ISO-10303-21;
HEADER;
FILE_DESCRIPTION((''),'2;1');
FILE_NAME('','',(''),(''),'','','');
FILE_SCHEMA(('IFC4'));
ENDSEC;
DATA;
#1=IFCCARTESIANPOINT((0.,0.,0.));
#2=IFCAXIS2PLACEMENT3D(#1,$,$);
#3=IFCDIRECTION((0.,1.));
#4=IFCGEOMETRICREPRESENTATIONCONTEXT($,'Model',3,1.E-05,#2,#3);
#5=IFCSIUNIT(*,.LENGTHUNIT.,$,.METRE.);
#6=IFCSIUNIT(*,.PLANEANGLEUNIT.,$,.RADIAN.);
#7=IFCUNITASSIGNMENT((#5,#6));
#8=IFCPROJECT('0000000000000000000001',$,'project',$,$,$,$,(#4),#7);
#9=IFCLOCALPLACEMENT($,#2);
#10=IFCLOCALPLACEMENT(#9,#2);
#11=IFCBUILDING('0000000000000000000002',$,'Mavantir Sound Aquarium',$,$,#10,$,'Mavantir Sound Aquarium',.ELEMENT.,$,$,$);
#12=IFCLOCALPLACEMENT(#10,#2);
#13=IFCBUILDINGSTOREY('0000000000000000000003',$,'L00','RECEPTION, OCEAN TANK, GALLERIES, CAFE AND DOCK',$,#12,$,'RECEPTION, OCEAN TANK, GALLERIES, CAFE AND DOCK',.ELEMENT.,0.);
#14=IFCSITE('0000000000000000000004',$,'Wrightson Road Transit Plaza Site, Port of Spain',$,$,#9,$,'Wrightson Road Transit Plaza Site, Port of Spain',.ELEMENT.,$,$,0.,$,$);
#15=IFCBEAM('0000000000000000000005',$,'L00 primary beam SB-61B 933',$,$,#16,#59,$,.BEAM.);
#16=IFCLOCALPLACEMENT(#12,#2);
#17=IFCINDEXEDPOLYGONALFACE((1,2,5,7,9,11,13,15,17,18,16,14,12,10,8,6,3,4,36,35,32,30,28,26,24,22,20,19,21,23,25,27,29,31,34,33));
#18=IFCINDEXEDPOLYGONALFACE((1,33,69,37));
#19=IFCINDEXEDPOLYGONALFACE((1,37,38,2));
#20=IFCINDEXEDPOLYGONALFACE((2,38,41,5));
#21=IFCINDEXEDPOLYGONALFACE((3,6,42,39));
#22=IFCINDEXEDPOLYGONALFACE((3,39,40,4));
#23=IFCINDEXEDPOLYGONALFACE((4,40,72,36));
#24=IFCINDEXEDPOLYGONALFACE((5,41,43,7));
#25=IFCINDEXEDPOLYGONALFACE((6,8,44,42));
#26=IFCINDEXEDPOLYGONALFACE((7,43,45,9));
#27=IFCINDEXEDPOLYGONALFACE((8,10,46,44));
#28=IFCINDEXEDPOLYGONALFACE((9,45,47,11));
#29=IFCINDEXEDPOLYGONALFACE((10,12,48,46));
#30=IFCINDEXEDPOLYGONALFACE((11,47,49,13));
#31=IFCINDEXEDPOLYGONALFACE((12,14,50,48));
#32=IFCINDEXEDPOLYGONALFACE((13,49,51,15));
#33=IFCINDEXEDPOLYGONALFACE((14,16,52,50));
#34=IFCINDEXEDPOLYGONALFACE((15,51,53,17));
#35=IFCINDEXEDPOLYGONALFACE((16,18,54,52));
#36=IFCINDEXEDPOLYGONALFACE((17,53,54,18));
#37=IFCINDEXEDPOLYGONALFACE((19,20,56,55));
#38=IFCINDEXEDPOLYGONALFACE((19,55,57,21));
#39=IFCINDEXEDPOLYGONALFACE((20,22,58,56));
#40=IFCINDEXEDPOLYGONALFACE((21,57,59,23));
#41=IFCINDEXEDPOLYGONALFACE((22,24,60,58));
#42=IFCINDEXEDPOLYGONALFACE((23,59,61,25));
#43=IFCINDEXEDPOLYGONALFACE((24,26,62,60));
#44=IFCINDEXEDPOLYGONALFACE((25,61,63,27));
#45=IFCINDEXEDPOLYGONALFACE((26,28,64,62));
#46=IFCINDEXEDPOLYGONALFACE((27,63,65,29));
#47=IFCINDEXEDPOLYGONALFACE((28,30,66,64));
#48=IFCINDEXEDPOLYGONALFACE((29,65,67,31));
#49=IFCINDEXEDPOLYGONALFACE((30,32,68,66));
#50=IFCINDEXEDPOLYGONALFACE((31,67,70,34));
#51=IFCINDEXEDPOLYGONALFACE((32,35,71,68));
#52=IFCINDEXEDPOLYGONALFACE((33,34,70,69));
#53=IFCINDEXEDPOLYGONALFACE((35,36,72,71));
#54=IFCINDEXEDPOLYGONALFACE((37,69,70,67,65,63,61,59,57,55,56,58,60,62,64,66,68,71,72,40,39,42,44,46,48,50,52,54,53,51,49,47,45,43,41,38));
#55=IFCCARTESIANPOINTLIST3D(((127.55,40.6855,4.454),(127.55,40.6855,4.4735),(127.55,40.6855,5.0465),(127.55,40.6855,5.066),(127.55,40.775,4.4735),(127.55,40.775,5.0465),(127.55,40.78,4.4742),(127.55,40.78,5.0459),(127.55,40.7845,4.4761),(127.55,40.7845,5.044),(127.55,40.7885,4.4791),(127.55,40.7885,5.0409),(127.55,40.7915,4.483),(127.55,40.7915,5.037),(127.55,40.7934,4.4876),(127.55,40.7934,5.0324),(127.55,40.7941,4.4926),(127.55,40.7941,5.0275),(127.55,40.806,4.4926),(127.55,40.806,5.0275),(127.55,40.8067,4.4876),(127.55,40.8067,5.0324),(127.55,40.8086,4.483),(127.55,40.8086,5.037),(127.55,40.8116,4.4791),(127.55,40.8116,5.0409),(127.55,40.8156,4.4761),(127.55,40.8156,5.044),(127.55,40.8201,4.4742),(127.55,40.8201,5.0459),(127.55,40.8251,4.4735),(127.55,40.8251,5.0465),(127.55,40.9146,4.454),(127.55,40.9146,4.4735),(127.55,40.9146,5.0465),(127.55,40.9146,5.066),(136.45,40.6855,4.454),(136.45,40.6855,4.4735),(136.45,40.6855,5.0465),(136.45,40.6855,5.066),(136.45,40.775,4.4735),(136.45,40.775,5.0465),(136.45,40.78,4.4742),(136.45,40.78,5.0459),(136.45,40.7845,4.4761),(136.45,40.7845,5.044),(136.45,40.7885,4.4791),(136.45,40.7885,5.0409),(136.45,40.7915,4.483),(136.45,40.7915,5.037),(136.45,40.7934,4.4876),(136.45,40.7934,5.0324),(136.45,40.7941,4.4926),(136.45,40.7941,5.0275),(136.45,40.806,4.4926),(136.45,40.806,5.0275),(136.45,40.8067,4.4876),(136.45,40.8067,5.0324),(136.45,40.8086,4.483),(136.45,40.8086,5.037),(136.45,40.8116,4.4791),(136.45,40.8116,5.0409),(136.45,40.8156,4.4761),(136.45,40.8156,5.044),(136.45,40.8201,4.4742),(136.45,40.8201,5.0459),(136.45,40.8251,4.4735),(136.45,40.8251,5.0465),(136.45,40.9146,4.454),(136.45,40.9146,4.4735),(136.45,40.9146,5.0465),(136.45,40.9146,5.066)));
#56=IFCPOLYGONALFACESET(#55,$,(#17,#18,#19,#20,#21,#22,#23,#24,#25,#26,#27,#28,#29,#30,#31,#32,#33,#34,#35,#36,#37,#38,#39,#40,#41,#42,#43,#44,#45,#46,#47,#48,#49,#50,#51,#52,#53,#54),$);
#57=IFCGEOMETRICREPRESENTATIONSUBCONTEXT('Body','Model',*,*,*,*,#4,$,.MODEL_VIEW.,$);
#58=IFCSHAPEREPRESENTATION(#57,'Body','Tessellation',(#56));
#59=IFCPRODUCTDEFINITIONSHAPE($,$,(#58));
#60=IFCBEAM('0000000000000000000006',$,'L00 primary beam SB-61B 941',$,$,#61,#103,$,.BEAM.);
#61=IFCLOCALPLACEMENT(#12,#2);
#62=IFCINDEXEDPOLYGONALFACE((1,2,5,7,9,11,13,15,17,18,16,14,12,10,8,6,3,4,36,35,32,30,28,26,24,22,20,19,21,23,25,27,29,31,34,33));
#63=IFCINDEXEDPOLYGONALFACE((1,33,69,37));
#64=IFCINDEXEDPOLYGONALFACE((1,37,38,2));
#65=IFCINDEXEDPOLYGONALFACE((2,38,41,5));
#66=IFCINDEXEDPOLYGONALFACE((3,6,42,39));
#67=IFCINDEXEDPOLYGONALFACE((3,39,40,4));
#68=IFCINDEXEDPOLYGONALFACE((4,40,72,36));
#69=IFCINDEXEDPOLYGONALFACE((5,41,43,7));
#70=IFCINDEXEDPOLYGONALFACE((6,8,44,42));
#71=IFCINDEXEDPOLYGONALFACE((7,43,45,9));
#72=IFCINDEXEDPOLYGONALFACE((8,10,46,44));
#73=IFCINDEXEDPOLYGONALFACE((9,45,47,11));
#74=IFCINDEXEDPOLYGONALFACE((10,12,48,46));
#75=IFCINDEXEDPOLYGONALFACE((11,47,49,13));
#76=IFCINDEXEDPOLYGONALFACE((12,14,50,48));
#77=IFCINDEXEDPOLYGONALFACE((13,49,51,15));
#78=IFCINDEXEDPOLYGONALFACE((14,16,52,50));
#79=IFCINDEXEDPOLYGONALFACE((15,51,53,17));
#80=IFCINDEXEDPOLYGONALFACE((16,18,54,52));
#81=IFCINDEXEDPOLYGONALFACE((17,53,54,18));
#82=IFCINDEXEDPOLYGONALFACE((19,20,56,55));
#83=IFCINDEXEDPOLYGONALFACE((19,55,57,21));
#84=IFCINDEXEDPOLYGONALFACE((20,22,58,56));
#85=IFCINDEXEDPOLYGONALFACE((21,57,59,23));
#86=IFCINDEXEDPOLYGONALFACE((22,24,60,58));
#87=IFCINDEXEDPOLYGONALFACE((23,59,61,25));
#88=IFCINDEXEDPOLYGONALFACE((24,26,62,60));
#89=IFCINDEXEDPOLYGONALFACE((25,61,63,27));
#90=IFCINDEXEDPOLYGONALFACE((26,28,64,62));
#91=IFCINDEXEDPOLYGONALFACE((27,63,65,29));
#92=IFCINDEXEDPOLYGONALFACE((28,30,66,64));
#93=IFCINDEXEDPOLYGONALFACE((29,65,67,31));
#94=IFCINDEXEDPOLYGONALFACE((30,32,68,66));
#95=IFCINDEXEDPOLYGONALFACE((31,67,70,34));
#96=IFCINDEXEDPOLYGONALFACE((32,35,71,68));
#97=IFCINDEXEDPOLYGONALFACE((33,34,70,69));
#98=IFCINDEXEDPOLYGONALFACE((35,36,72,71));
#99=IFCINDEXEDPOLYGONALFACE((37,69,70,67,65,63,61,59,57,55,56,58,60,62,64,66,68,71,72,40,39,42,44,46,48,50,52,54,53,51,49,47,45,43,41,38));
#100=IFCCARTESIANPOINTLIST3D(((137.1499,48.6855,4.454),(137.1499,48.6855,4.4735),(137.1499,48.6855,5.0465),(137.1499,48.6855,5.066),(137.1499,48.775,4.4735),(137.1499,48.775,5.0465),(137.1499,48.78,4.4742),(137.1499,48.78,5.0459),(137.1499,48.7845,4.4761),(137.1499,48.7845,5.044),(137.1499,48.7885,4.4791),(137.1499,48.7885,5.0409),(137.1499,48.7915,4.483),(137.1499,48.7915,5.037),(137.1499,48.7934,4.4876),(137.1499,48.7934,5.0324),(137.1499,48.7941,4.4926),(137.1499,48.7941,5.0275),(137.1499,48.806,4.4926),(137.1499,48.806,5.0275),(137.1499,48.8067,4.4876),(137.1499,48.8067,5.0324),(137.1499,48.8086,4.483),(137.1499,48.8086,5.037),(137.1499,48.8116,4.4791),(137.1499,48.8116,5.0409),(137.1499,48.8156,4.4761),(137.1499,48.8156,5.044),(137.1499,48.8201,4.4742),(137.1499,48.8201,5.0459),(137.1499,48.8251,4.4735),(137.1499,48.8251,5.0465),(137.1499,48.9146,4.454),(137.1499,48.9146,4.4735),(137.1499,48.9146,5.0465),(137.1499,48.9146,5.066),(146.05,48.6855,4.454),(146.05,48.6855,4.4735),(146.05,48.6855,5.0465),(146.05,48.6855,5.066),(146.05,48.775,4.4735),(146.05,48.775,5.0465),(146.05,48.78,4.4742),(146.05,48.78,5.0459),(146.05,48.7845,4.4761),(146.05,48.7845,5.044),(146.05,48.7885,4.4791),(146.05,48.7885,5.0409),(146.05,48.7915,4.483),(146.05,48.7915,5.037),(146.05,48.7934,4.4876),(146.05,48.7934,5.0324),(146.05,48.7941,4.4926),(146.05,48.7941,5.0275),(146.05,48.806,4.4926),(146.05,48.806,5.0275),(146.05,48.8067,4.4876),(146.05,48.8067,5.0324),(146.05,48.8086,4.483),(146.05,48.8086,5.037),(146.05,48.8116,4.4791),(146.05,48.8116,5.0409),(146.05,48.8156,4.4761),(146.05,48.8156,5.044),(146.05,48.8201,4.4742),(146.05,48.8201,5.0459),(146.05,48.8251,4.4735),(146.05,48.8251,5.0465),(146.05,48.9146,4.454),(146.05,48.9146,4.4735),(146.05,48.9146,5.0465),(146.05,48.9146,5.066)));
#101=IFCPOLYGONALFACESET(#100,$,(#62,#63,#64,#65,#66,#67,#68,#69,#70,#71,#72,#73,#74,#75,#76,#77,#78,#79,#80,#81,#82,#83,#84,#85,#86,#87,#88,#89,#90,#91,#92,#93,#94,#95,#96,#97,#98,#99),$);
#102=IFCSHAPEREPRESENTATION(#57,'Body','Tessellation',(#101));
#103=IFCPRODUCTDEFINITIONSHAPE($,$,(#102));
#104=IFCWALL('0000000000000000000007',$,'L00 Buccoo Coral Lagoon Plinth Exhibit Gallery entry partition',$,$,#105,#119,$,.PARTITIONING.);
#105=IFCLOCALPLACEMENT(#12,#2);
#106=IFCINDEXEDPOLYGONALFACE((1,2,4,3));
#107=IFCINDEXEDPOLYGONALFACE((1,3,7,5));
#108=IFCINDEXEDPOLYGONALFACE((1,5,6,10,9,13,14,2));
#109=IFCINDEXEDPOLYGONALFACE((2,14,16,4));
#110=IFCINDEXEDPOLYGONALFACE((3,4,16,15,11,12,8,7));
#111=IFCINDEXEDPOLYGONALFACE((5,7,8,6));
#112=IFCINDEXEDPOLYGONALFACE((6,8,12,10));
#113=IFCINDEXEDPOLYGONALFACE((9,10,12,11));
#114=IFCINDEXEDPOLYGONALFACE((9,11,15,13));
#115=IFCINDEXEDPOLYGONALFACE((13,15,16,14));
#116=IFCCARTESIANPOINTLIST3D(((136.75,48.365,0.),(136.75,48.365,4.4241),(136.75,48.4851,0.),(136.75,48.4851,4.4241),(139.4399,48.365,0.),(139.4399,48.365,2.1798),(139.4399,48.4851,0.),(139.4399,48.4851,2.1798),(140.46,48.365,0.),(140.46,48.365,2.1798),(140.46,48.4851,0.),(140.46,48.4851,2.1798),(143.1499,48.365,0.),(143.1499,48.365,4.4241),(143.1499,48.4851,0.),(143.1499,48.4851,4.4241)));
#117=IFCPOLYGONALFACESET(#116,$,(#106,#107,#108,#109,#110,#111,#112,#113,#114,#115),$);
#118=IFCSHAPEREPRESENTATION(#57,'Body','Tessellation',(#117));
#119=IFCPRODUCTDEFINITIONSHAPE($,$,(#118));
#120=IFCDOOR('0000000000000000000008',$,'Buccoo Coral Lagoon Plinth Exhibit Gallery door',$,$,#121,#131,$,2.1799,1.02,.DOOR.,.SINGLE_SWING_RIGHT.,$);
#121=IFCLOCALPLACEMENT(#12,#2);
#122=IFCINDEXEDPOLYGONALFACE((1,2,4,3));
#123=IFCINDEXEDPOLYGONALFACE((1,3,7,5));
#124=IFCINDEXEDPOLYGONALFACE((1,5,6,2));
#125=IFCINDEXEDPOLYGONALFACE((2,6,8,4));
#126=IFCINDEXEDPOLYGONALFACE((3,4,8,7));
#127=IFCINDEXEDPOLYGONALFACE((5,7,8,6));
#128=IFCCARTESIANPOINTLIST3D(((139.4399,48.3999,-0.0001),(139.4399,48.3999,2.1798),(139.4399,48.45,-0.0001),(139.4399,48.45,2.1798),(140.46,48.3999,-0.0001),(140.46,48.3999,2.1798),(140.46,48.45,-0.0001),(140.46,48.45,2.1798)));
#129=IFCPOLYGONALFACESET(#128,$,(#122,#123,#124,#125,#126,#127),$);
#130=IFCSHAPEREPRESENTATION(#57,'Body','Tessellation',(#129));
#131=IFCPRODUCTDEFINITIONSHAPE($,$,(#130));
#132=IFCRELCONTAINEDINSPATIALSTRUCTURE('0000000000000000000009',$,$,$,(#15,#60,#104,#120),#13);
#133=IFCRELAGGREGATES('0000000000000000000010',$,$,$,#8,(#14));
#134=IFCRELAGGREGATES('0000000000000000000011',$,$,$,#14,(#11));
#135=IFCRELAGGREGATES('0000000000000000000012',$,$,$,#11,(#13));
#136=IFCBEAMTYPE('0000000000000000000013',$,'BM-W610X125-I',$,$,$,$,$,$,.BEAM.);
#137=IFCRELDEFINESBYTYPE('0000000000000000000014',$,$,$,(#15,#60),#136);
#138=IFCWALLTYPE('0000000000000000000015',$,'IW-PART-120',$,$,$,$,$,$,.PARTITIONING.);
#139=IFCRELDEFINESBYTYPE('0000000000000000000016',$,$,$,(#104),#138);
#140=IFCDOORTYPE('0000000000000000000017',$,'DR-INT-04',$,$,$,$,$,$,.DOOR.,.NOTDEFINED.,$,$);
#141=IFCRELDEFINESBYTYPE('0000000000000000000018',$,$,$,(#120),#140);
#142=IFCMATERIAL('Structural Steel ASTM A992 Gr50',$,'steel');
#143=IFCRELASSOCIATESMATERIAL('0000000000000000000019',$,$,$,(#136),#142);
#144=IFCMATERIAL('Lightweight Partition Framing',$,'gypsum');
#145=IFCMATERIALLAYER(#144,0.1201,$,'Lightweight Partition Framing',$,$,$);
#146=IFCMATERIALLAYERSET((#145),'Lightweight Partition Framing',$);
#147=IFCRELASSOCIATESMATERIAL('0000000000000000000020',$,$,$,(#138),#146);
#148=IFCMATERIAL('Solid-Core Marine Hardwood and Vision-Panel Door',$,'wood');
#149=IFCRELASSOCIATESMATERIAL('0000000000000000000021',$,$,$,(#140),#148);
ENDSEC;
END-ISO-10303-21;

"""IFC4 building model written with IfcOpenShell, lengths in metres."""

from ifc_helpers import new_model, si_unit, direction, frame, frame_2d, origin, origin_2d, place, context, subcontext, project, spatial, rectangle, i_section, extrude, material, layer, layer_set, material_profile, profile_set, type_object, element, fill, save


model = new_model("IFC4")

# Units and contexts
model_context = context("Model", 3, precision=1e-05, world=origin(), true_north=direction((0.0, 1.0)))
body_context = subcontext(model_context, "Body", "Model", "MODEL_VIEW")
ifc_project = project(units=[si_unit("LENGTHUNIT", "METRE"), si_unit("PLANEANGLEUNIT", "RADIAN")], contexts=[model_context])

# Site, building, storey
site_placement = place(None, origin())
site = spatial("IfcSite", under=ifc_project, at=site_placement, Name="Wrightson Road Transit Plaza Site, Port of Spain", LongName="Wrightson Road Transit Plaza Site, Port of Spain", CompositionType="ELEMENT", RefElevation=0.0)
building_placement = place(site_placement, origin())
building = spatial("IfcBuilding", under=site, at=building_placement, Name="Mavantir Sound Aquarium", LongName="Mavantir Sound Aquarium", CompositionType="ELEMENT")
storey_placement = place(building_placement, origin())
storey = spatial("IfcBuildingStorey", under=building, at=storey_placement, Name="L00", Description="RECEPTION, OCEAN TANK, GALLERIES, CAFE AND DOCK", LongName="RECEPTION, OCEAN TANK, GALLERIES, CAFE AND DOCK", CompositionType="ELEMENT", Elevation=0.0)

# Beams
ifc_material_1 = material(Name="Structural Steel ASTM A992 Gr50", Category="steel")
ifc_material_profile_1 = material_profile(ifc_material_1, i_section(OverallWidth=0.229, OverallDepth=0.6121, WebThickness=0.012, FlangeThickness=0.0195, FilletRadius=0.019, at=origin_2d()), Name="W610X125")
ifc_profile_set_1 = profile_set([ifc_material_profile_1], Name="Structural Steel ASTM A992 Gr50")
beam_type_1 = type_object("IfcBeamType", Name="BM-W610X125-I", PredefinedType="BEAM", material=ifc_profile_set_1)
beam_1_placement = place(storey_placement, frame((127.55, 40.8, 4.76), z_axis=(1.0, 0.0, 0.0), x_axis=(0.0, 1.0, 0.0)))
element("IfcBeam", 1, at=beam_1_placement, inside=storey, type_object=beam_type_1, Name="L00 primary beam SB-61B 933", PredefinedType="BEAM", context=body_context, shape_type="SweptSolid", body=[
    extrude(i_section(OverallWidth=0.229, OverallDepth=0.6121, WebThickness=0.012, FlangeThickness=0.0195, FilletRadius=0.019, at=origin_2d()), origin(), (0.0, 0.0, 1.0), 8.8999),
])
beam_2_placement = place(storey_placement, frame((137.1499, 48.8, 4.76), z_axis=(1.0, 0.0, 0.0), x_axis=(0.0, 1.0, 0.0)))
element("IfcBeam", 2, at=beam_2_placement, inside=storey, type_object=beam_type_1, Name="L00 primary beam SB-61B 941", PredefinedType="BEAM", context=body_context, shape_type="SweptSolid", body=[
    extrude(i_section(OverallWidth=0.229, OverallDepth=0.6121, WebThickness=0.012, FlangeThickness=0.0195, FilletRadius=0.019, at=origin_2d()), origin(), (0.0, 0.0, 1.0), 8.9001),
])

# Wall, opening, door
ifc_material_2 = material(Name="Lightweight Partition Framing", Category="gypsum")
ifc_layer = layer(ifc_material_2, 0.1201, Name="Lightweight Partition Framing")
ifc_layer_set = layer_set([ifc_layer], Name="Lightweight Partition Framing")
wall_type = type_object("IfcWallType", Name="IW-PART-120", PredefinedType="PARTITIONING", material=ifc_layer_set)
wall_placement = place(storey_placement, frame((136.75, 48.425, 0.0), z_axis=(0.0, 0.0, 1.0), x_axis=(1.0, 0.0, 0.0)))
wall = element("IfcWall", 3, at=wall_placement, inside=storey, type_object=wall_type, Name="L00 Buccoo Coral Lagoon Plinth Exhibit Gallery entry partition", PredefinedType="PARTITIONING", context=body_context, shape_type="SweptSolid", body=[
    extrude(rectangle(XDim=6.3999, YDim=0.1201, at=frame_2d((3.2, 0.0))), origin(), (0.0, 0.0, 1.0), 4.4241),
])
opening_placement = place(wall_placement, frame((2.6899, 0.0, 0.0)))
opening = element("IfcOpeningElement", 4, at=opening_placement, cuts=wall, PredefinedType="OPENING", context=body_context, shape_type="SweptSolid", body=[
    extrude(rectangle(XDim=1.02, YDim=2.1799, at=frame_2d((0.51, 1.0898))), frame((0.0, 0.0701, 0.0), z_axis=(0.0, -1.0, 0.0), x_axis=(1.0, 0.0, 0.0)), (0.0, 0.0, 1.0), 0.1401),
])
ifc_material_3 = material(Name="Solid-Core Marine Hardwood and Vision-Panel Door", Category="wood")
door_type = type_object("IfcDoorType", Name="DR-INT-04", OperationType="NOTDEFINED", PredefinedType="DOOR", material=ifc_material_3)
door_placement = place(opening_placement, origin())
door = element("IfcDoor", 5, at=door_placement, inside=storey, type_object=door_type, Name="Buccoo Coral Lagoon Plinth Exhibit Gallery door", OperationType="SINGLE_SWING_RIGHT", OverallHeight=2.1799, OverallWidth=1.02, PredefinedType="DOOR", context=body_context, shape_type="SweptSolid", body=[
    extrude(rectangle(XDim=1.02, YDim=2.1799, at=frame_2d((0.51, 1.0898))), frame((0.0, 0.0249, 0.0), z_axis=(0.0, -1.0, 0.0), x_axis=(1.0, 0.0, 0.0)), (0.0, 0.0, 1.0), 0.05),
])
fill(opening, door)

save(model, "model.ifc")
